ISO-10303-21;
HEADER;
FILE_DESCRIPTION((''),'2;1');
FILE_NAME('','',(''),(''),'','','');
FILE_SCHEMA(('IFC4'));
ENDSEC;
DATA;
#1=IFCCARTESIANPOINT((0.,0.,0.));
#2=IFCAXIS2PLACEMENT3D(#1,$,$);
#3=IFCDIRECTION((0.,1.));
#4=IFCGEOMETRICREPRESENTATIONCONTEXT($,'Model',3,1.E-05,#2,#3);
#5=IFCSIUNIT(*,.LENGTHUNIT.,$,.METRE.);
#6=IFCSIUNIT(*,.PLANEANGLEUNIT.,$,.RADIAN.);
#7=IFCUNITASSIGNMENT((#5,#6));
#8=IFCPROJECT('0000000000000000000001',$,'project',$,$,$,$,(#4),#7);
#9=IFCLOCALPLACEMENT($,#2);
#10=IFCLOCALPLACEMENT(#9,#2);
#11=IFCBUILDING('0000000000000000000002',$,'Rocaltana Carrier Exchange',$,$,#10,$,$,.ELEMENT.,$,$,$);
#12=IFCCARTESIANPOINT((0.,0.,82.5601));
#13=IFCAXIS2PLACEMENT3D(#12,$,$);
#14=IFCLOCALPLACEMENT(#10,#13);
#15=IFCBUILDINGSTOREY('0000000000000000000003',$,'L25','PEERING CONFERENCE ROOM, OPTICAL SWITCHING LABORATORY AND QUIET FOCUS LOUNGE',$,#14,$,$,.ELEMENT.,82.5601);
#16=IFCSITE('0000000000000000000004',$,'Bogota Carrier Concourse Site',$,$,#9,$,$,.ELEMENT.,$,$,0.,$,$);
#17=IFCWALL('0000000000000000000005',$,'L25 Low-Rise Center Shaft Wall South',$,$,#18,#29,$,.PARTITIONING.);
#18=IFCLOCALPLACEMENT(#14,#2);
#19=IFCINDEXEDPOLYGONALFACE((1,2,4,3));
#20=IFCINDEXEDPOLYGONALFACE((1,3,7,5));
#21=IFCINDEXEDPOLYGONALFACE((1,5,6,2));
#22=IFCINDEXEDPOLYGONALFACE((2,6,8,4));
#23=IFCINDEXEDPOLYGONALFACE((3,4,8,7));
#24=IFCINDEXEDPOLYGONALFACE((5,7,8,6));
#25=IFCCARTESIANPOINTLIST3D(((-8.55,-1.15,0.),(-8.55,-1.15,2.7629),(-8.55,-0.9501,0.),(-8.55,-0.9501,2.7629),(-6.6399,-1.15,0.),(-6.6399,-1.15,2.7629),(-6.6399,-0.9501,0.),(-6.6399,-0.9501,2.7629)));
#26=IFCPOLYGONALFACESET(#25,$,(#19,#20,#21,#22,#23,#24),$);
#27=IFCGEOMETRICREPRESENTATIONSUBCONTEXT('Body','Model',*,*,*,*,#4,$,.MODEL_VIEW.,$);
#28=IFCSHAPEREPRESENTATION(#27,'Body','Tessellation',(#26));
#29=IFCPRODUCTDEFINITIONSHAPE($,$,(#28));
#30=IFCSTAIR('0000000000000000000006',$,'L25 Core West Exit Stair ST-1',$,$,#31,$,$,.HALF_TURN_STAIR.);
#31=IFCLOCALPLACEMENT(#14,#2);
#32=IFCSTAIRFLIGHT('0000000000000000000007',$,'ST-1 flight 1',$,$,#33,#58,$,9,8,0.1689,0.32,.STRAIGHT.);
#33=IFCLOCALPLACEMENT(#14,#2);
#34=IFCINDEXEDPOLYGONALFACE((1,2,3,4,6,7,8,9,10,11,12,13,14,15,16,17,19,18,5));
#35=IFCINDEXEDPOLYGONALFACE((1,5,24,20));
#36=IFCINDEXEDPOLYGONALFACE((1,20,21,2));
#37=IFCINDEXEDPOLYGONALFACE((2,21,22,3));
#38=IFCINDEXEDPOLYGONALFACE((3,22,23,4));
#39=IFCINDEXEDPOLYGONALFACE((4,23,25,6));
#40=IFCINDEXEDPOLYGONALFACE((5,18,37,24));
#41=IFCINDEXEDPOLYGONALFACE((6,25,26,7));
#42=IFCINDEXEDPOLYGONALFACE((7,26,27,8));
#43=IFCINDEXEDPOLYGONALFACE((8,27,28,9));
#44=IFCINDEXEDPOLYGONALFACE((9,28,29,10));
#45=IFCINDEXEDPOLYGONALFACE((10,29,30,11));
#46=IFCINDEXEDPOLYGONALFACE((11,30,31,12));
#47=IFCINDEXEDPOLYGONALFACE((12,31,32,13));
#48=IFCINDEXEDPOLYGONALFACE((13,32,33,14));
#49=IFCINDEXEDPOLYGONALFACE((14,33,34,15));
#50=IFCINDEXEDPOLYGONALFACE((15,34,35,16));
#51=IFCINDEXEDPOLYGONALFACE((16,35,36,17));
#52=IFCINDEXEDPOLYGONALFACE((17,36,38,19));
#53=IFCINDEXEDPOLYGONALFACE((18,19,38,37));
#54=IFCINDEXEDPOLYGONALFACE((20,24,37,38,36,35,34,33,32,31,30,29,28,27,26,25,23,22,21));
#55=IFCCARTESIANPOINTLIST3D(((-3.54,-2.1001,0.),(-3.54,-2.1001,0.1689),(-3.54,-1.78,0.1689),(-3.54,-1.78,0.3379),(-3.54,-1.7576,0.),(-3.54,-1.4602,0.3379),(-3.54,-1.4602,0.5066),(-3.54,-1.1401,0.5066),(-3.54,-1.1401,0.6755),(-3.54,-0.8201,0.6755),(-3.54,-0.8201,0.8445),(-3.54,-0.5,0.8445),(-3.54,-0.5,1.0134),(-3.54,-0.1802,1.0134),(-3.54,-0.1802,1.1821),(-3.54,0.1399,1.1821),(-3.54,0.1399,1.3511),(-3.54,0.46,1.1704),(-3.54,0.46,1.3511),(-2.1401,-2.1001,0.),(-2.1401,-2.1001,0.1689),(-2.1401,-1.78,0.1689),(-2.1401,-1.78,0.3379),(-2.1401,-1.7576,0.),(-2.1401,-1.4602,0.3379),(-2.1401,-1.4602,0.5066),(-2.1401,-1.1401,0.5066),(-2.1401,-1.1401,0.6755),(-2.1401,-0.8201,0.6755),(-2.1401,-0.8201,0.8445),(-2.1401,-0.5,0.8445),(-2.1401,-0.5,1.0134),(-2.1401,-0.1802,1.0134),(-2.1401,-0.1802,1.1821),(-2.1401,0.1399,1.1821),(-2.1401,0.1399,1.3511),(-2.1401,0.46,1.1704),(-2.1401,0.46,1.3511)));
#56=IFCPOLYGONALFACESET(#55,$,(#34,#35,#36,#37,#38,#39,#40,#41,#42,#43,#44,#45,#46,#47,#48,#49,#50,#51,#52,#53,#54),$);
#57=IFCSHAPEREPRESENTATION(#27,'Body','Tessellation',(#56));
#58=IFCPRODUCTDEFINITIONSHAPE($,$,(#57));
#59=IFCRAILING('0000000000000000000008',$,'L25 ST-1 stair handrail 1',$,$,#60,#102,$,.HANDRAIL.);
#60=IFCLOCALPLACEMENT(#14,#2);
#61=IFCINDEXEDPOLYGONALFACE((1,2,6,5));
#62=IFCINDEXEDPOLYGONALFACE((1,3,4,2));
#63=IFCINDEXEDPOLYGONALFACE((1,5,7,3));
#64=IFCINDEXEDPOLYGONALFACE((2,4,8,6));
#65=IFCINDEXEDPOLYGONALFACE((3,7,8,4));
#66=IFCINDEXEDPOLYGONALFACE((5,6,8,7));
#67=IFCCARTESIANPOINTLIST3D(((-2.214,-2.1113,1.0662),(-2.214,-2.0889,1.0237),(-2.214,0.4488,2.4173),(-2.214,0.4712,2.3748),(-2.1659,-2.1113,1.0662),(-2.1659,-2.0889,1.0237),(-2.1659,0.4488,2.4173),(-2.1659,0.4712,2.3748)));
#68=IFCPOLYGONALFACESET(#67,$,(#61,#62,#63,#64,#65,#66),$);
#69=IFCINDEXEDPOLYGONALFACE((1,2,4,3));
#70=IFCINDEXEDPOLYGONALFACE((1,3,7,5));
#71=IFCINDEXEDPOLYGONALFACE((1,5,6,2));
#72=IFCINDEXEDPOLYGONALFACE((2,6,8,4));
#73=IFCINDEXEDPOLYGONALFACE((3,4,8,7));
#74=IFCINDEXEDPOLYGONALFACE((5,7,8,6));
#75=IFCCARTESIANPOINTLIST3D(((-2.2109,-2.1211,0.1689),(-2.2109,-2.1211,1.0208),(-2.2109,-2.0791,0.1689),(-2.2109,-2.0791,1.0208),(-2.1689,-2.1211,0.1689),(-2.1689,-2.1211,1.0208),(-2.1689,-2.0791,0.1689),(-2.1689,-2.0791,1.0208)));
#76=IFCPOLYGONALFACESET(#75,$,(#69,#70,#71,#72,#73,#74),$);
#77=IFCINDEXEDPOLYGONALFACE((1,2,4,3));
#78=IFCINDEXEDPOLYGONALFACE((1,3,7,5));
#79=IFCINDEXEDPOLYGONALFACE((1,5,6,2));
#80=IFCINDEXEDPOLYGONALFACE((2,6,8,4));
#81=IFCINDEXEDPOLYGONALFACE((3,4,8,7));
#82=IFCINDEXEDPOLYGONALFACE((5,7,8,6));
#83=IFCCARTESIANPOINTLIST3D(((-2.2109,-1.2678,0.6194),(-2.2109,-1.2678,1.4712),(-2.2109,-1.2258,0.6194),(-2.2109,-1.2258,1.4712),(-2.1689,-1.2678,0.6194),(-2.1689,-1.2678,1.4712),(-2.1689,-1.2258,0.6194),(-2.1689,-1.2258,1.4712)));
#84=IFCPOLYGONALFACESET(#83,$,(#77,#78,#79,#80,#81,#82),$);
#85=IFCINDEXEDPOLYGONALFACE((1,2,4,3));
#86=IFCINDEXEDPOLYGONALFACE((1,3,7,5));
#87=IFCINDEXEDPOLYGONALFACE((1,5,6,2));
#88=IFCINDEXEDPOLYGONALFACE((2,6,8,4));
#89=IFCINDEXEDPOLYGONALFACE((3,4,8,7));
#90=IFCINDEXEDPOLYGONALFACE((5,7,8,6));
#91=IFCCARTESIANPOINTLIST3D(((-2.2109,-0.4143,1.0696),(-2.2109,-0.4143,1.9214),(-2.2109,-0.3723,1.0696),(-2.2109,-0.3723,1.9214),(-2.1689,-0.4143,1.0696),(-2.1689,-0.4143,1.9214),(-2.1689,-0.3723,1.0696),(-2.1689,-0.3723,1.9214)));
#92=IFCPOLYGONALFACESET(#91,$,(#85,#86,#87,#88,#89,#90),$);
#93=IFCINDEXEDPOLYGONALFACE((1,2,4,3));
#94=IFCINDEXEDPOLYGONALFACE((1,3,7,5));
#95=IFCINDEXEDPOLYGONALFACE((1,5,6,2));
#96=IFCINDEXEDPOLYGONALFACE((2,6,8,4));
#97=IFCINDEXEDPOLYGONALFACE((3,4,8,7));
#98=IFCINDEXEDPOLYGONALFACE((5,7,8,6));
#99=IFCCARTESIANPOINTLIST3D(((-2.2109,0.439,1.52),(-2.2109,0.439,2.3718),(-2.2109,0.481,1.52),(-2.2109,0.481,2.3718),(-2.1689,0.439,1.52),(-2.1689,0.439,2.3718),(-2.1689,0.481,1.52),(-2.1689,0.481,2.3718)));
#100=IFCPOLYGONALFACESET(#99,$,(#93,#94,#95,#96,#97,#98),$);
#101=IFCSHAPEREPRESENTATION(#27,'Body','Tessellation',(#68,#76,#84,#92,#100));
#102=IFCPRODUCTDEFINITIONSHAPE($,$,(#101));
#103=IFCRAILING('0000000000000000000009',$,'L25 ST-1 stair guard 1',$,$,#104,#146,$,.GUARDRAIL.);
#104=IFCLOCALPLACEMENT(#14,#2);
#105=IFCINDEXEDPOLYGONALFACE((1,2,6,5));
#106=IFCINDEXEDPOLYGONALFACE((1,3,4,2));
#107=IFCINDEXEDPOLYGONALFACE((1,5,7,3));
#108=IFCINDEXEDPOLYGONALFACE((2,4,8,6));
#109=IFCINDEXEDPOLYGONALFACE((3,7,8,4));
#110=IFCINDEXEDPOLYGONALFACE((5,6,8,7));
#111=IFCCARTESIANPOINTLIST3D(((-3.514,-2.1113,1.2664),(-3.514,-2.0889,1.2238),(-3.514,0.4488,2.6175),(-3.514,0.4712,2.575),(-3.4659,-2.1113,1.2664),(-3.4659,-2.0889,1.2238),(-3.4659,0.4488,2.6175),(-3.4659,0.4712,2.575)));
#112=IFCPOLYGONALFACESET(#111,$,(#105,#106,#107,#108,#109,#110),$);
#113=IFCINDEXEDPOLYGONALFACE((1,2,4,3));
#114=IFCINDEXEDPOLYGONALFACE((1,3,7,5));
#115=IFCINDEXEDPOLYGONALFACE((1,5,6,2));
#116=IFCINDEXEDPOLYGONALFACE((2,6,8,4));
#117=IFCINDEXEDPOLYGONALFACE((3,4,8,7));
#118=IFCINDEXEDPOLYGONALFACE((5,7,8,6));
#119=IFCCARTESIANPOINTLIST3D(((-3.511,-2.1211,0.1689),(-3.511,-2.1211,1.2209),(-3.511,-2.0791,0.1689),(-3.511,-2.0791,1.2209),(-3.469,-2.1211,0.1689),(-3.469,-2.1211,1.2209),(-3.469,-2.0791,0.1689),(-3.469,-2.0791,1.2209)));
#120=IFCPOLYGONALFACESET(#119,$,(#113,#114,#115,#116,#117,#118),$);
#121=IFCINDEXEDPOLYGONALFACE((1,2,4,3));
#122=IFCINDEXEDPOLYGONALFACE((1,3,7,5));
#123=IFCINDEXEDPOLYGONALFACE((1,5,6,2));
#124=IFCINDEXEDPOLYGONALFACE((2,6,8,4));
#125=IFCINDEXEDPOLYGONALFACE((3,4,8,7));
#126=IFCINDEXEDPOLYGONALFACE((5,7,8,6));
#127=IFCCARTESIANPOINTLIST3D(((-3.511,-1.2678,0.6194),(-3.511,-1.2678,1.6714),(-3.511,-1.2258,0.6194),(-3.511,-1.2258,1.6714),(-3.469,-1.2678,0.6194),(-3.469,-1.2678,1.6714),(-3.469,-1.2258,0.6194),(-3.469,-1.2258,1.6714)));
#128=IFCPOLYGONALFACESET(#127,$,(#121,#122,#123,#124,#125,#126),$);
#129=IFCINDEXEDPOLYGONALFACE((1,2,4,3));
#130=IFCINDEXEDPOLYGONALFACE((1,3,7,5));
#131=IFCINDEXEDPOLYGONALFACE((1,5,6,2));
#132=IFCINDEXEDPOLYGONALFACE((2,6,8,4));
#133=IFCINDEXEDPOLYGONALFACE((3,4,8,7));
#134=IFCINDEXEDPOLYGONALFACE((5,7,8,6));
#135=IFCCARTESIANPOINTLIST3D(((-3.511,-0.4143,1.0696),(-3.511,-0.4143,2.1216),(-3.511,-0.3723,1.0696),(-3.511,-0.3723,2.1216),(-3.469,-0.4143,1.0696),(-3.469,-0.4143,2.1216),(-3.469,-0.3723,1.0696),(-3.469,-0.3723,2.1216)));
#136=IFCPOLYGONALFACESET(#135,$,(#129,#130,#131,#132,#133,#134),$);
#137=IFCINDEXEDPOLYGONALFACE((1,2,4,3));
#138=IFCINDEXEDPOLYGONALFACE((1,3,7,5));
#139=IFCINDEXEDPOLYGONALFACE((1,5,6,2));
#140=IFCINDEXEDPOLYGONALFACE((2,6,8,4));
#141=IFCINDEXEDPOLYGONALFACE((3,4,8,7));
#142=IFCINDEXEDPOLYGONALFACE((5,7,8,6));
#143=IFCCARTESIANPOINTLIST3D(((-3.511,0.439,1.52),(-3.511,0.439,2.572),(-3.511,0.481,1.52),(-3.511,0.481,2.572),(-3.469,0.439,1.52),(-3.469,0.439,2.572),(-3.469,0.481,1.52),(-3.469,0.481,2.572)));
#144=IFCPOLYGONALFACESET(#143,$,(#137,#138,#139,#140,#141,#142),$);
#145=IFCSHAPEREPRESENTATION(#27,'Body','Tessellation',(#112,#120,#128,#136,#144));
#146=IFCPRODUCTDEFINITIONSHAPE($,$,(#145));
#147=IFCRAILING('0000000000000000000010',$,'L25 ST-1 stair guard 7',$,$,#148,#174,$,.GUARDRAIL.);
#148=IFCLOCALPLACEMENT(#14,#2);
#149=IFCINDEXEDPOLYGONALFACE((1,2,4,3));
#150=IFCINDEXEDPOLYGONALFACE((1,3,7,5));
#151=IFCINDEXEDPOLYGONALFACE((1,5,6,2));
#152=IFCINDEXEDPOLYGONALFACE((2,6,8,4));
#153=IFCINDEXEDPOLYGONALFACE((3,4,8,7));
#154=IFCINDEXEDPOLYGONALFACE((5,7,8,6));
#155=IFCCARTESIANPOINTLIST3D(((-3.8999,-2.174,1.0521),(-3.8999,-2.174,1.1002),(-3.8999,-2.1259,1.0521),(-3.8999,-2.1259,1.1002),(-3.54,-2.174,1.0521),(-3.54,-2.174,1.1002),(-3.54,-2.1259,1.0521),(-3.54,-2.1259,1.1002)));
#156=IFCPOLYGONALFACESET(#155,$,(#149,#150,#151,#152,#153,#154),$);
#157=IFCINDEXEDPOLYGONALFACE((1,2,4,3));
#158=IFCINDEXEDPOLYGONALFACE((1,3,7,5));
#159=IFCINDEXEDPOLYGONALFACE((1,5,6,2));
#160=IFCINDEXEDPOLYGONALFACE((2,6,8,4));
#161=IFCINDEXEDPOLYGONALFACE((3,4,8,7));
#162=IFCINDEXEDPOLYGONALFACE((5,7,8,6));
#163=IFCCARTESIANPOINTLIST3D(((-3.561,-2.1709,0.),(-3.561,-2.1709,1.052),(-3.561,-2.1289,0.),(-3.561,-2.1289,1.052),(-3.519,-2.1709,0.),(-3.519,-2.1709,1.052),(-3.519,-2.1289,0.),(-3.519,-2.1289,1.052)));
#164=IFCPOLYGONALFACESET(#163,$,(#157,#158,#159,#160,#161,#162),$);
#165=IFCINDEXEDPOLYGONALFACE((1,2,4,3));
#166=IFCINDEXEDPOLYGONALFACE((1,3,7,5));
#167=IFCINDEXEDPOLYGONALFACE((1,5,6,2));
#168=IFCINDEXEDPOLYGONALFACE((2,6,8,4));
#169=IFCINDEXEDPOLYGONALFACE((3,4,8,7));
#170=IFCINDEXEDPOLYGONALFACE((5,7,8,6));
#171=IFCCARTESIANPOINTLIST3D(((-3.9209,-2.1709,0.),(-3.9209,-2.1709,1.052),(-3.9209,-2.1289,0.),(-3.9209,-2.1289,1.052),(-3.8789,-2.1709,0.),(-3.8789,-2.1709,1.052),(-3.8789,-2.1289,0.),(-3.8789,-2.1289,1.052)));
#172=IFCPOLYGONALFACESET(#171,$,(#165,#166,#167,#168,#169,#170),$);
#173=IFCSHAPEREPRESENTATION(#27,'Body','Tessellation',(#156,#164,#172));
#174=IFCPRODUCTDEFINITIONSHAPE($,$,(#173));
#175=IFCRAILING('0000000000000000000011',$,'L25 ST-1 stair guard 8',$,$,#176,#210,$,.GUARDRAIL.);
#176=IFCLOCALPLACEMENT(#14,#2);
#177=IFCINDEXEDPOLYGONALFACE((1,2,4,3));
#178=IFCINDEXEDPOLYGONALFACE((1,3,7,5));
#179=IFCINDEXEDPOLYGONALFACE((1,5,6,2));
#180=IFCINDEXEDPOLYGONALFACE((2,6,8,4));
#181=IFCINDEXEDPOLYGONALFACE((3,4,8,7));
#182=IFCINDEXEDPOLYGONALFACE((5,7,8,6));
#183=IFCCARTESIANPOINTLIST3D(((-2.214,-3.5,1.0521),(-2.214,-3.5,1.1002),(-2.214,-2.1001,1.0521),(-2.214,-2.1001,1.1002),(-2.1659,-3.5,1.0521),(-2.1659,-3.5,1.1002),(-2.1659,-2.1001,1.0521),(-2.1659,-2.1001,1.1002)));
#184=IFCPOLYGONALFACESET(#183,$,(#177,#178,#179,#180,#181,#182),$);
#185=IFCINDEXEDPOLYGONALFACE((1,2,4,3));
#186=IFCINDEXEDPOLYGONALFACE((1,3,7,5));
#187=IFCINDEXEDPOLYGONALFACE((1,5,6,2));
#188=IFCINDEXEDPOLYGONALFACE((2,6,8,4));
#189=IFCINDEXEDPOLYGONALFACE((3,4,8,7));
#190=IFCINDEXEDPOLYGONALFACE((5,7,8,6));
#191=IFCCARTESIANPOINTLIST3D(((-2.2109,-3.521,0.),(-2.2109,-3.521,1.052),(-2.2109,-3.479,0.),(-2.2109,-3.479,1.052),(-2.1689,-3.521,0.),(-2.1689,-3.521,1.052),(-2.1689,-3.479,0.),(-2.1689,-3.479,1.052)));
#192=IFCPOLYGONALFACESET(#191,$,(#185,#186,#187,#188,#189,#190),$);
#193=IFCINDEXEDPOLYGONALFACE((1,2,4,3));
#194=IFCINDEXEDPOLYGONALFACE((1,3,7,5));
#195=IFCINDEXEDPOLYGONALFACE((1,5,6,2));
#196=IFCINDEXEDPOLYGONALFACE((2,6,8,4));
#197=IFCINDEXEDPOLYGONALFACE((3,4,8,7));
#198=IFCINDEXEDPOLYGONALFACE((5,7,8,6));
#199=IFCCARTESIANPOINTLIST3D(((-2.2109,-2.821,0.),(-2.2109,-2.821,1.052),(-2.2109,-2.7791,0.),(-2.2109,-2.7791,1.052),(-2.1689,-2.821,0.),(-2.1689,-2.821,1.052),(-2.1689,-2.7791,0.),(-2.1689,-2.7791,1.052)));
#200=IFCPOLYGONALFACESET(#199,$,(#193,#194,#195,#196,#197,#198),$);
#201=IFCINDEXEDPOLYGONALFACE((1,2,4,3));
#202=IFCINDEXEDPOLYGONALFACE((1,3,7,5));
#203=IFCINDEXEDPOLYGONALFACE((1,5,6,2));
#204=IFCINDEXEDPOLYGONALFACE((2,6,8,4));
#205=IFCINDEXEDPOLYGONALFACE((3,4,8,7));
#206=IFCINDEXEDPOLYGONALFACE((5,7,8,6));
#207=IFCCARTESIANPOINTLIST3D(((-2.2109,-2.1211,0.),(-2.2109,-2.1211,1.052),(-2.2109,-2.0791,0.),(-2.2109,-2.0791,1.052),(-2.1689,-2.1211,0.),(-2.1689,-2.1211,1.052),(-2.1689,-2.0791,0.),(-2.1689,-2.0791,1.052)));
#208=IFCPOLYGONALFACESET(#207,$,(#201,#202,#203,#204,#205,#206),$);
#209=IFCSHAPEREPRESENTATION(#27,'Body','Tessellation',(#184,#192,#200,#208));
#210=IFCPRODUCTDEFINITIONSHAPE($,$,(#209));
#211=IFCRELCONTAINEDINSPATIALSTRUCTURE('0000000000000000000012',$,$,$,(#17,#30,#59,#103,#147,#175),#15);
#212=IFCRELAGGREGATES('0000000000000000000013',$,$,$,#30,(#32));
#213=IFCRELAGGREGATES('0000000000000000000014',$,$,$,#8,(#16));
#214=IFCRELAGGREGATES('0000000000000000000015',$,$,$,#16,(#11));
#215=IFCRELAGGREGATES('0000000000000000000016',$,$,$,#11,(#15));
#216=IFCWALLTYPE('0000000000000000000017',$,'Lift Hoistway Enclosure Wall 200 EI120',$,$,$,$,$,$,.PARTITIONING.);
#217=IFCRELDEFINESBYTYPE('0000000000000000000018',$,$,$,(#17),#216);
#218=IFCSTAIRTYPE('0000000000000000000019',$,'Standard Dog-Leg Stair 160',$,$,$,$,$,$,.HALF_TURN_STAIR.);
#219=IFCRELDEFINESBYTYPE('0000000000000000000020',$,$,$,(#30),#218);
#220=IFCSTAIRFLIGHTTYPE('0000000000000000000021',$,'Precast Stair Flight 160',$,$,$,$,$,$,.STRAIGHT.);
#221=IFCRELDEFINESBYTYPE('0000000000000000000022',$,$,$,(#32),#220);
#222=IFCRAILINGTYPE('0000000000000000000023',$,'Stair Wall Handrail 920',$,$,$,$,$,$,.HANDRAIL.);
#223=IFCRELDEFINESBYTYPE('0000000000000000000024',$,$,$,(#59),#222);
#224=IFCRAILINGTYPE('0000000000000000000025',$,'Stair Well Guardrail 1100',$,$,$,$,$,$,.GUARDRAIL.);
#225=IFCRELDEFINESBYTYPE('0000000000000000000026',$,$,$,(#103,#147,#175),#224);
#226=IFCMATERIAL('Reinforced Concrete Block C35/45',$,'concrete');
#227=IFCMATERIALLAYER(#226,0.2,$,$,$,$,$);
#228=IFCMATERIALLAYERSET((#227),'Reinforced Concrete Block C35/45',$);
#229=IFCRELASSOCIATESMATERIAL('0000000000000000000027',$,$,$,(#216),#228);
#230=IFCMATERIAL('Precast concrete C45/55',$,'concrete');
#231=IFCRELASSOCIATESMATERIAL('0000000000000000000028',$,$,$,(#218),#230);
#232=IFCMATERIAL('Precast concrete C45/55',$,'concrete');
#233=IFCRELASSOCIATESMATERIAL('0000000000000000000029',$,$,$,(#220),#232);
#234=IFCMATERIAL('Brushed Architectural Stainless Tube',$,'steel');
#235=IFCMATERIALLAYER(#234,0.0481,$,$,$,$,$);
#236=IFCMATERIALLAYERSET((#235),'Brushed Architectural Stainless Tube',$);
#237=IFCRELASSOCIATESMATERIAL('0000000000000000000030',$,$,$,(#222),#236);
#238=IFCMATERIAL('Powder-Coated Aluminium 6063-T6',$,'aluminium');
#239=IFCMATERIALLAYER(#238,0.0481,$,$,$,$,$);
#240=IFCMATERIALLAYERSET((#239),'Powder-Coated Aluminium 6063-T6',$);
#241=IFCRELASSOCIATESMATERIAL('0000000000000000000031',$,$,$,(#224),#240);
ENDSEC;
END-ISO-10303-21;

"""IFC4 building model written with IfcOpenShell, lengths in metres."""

from ifc_helpers import new_model, si_unit, direction, frame, frame_2d, origin, origin_2d, place, context, subcontext, project, spatial, polyline, rectangle, outline, extrude, material, layer, layer_set, type_object, element, aggregate, save


model = new_model("IFC4")

# Units and contexts
model_context = context("Model", 3, precision=1e-05, world=origin(), true_north=direction((0.0, 1.0)))
body_context = subcontext(model_context, "Body", "Model", "MODEL_VIEW")
ifc_project = project(units=[si_unit("LENGTHUNIT", "METRE"), si_unit("PLANEANGLEUNIT", "RADIAN")], contexts=[model_context])

# Site, building, storey
site_placement = place(None, origin())
site = spatial("IfcSite", under=ifc_project, at=site_placement, Name="Bogota Carrier Concourse Site", CompositionType="ELEMENT", RefElevation=0.0)
building_placement = place(site_placement, origin())
building = spatial("IfcBuilding", under=site, at=building_placement, Name="Rocaltana Carrier Exchange", CompositionType="ELEMENT")
storey_placement = place(building_placement, frame((0.0, 0.0, 82.5601)))
storey = spatial("IfcBuildingStorey", under=building, at=storey_placement, Name="L25", Description="PEERING CONFERENCE ROOM, OPTICAL SWITCHING LABORATORY AND QUIET FOCUS LOUNGE", CompositionType="ELEMENT", Elevation=82.5601)

# Wall
ifc_material_1 = material(Name="Reinforced Concrete Block C35/45", Category="concrete")
ifc_layer_1 = layer(ifc_material_1, 0.2)
ifc_layer_set_1 = layer_set([ifc_layer_1], Name="Reinforced Concrete Block C35/45")
wall_type_1 = type_object("IfcWallType", Name="Lift Hoistway Enclosure Wall 200 EI120", PredefinedType="PARTITIONING", material=ifc_layer_set_1)
wall_1_placement = place(storey_placement, frame((-8.55, -1.05, 0.0), z_axis=(0.0, 0.0, 1.0), x_axis=(1.0, 0.0, 0.0)))
element("IfcWall", 1, at=wall_1_placement, inside=storey, type_object=wall_type_1, Name="L25 Low-Rise Center Shaft Wall South", PredefinedType="PARTITIONING", context=body_context, shape_type="SweptSolid", body=[
    extrude(rectangle(XDim=1.9102, YDim=0.2, at=frame_2d((0.9551, 0.0))), origin(), (0.0, 0.0, 1.0), 2.7629),
])

# Stair, stair flight
ifc_material_2 = material(Name="Precast concrete C45/55", Category="concrete")
stair_type = type_object("IfcStairType", Name="Standard Dog-Leg Stair 160", PredefinedType="HALF_TURN_STAIR", material=ifc_material_2)
stair_placement = place(storey_placement, origin())
stair = element("IfcStair", 2, at=stair_placement, inside=storey, type_object=stair_type, Name="L25 Core West Exit Stair ST-1", PredefinedType="HALF_TURN_STAIR")
ifc_material_3 = material(Name="Precast concrete C45/55", Category="concrete")
stair_flight_type = type_object("IfcStairFlightType", Name="Precast Stair Flight 160", PredefinedType="STRAIGHT", material=ifc_material_3)
stair_flight_placement = place(storey_placement, frame((-2.8401, -2.1001, 0.0), z_axis=(0.0, 0.0, 1.0), x_axis=(0.0, 1.0, 0.0)))
stair_flight = element("IfcStairFlight", 3, at=stair_flight_placement, type_object=stair_flight_type, Name="ST-1 flight 1", NumberOfRisers=9, NumberOfTreads=8, PredefinedType="STRAIGHT", RiserHeight=0.1689, TreadLength=0.32, context=body_context, shape_type="SweptSolid", body=[
    extrude(outline(polyline([(0.0, 0.0), (0.0, 0.1689), (0.3201, 0.1689), (0.3201, 0.3379), (0.6399, 0.3379), (0.6399, 0.5066), (0.96, 0.5066), (0.96, 0.6755), (1.28, 0.6755), (1.28, 0.8445), (1.6001, 0.8445), (1.6001, 1.0134), (1.9199, 1.0134), (1.9199, 1.1821), (2.24, 1.1821), (2.24, 1.3511), (2.5601, 1.3511), (2.5601, 1.52), (2.5601, 1.1704), (0.3425, 0.0), (0.0, 0.0)])), frame((0.0, 0.7, 0.0), z_axis=(0.0, -1.0, 0.0), x_axis=(1.0, 0.0, 0.0)), (0.0, 0.0, 1.0), 1.3999),
])
aggregate(stair, [stair_flight])

# Railings
ifc_material_4 = material(Name="Brushed Architectural Stainless Tube", Category="steel")
ifc_layer_2 = layer(ifc_material_4, 0.0481)
ifc_layer_set_2 = layer_set([ifc_layer_2], Name="Brushed Architectural Stainless Tube")
railing_type_1 = type_object("IfcRailingType", Name="Stair Wall Handrail 920", PredefinedType="HANDRAIL", material=ifc_layer_set_2)
railing_1_placement = place(storey_placement, frame((-2.1899, -2.1001, 0.1689)))
element("IfcRailing", 4, at=railing_1_placement, inside=storey, type_object=railing_type_1, Name="L25 ST-1 stair handrail 1", PredefinedType="HANDRAIL", context=body_context, shape_type="SweptSolid", body=[
    extrude(rectangle(XDim=0.0481, YDim=0.0481, at=origin_2d()), frame((0.0, 0.0, 0.876), z_axis=(0.0, 0.884394, 0.46674), x_axis=(-1.0, 0.0, 0.0)), (0.0, 0.0, 1.0), 2.8948),
    extrude(rectangle(XDim=0.042, YDim=0.042, at=origin_2d()), origin(), (0.0, 0.0, 1.0), 0.8518),
    extrude(rectangle(XDim=0.042, YDim=0.042, at=origin_2d()), frame((0.0, 0.8533, 0.4504)), (0.0, 0.0, 1.0), 0.8518),
    extrude(rectangle(XDim=0.042, YDim=0.042, at=origin_2d()), frame((0.0, 1.7068, 0.9006)), (0.0, 0.0, 1.0), 0.8518),
    extrude(rectangle(XDim=0.042, YDim=0.042, at=origin_2d()), frame((0.0, 2.5601, 1.3511)), (0.0, 0.0, 1.0), 0.8518),
])
ifc_material_5 = material(Name="Powder-Coated Aluminium 6063-T6", Category="aluminium")
ifc_layer_3 = layer(ifc_material_5, 0.0481)
ifc_layer_set_3 = layer_set([ifc_layer_3], Name="Powder-Coated Aluminium 6063-T6")
railing_type_2 = type_object("IfcRailingType", Name="Stair Well Guardrail 1100", PredefinedType="GUARDRAIL", material=ifc_layer_set_3)
railing_2_placement = place(storey_placement, frame((-3.49, -2.1001, 0.1689)))
element("IfcRailing", 5, at=railing_2_placement, inside=storey, type_object=railing_type_2, Name="L25 ST-1 stair guard 1", PredefinedType="GUARDRAIL", context=body_context, shape_type="SweptSolid", body=[
    extrude(rectangle(XDim=0.0481, YDim=0.0481, at=origin_2d()), frame((0.0, 0.0, 1.0762), z_axis=(0.0, 0.884394, 0.46674), x_axis=(-1.0, 0.0, 0.0)), (0.0, 0.0, 1.0), 2.8948),
    extrude(rectangle(XDim=0.042, YDim=0.042, at=origin_2d()), origin(), (0.0, 0.0, 1.0), 1.052),
    extrude(rectangle(XDim=0.042, YDim=0.042, at=origin_2d()), frame((0.0, 0.8533, 0.4504)), (0.0, 0.0, 1.0), 1.052),
    extrude(rectangle(XDim=0.042, YDim=0.042, at=origin_2d()), frame((0.0, 1.7068, 0.9006)), (0.0, 0.0, 1.0), 1.052),
    extrude(rectangle(XDim=0.042, YDim=0.042, at=origin_2d()), frame((0.0, 2.5601, 1.3511)), (0.0, 0.0, 1.0), 1.052),
])
railing_3_placement = place(storey_placement, frame((-3.54, -2.1499, 0.0)))
element("IfcRailing", 6, at=railing_3_placement, inside=storey, type_object=railing_type_2, Name="L25 ST-1 stair guard 7", PredefinedType="GUARDRAIL", context=body_context, shape_type="SweptSolid", body=[
    extrude(rectangle(XDim=0.0481, YDim=0.0481, at=origin_2d()), frame((0.0, 0.0, 1.0762), z_axis=(-1.0, 0.0, 0.0), x_axis=(0.0, -1.0, 0.0)), (0.0, 0.0, 1.0), 0.3599),
    extrude(rectangle(XDim=0.042, YDim=0.042, at=origin_2d()), origin(), (0.0, 0.0, 1.0), 1.052),
    extrude(rectangle(XDim=0.042, YDim=0.042, at=origin_2d()), frame((-0.3599, 0.0, 0.0)), (0.0, 0.0, 1.0), 1.052),
])
for number, where, name in (
    (7, (-2.1899, -3.5, 0.0), "L25 ST-1 stair guard 8"),
):
    element("IfcRailing", number, at=place(storey_placement, frame(where)), inside=storey, type_object=railing_type_2, Name=name, PredefinedType="GUARDRAIL", context=body_context, shape_type="SweptSolid", body=[
        extrude(rectangle(XDim=0.0481, YDim=0.0481, at=origin_2d()), frame((0.0, 0.0, 1.0762), z_axis=(0.0, 1.0, 0.0), x_axis=(-1.0, 0.0, 0.0)), (0.0, 0.0, 1.0), 1.3999),
        extrude(rectangle(XDim=0.042, YDim=0.042, at=origin_2d()), origin(), (0.0, 0.0, 1.0), 1.052),
        extrude(rectangle(XDim=0.042, YDim=0.042, at=origin_2d()), frame((0.0, 0.7, 0.0)), (0.0, 0.0, 1.0), 1.052),
        extrude(rectangle(XDim=0.042, YDim=0.042, at=origin_2d()), frame((0.0, 1.3999, 0.0)), (0.0, 0.0, 1.0), 1.052),
    ])

save(model, "model.ifc")
